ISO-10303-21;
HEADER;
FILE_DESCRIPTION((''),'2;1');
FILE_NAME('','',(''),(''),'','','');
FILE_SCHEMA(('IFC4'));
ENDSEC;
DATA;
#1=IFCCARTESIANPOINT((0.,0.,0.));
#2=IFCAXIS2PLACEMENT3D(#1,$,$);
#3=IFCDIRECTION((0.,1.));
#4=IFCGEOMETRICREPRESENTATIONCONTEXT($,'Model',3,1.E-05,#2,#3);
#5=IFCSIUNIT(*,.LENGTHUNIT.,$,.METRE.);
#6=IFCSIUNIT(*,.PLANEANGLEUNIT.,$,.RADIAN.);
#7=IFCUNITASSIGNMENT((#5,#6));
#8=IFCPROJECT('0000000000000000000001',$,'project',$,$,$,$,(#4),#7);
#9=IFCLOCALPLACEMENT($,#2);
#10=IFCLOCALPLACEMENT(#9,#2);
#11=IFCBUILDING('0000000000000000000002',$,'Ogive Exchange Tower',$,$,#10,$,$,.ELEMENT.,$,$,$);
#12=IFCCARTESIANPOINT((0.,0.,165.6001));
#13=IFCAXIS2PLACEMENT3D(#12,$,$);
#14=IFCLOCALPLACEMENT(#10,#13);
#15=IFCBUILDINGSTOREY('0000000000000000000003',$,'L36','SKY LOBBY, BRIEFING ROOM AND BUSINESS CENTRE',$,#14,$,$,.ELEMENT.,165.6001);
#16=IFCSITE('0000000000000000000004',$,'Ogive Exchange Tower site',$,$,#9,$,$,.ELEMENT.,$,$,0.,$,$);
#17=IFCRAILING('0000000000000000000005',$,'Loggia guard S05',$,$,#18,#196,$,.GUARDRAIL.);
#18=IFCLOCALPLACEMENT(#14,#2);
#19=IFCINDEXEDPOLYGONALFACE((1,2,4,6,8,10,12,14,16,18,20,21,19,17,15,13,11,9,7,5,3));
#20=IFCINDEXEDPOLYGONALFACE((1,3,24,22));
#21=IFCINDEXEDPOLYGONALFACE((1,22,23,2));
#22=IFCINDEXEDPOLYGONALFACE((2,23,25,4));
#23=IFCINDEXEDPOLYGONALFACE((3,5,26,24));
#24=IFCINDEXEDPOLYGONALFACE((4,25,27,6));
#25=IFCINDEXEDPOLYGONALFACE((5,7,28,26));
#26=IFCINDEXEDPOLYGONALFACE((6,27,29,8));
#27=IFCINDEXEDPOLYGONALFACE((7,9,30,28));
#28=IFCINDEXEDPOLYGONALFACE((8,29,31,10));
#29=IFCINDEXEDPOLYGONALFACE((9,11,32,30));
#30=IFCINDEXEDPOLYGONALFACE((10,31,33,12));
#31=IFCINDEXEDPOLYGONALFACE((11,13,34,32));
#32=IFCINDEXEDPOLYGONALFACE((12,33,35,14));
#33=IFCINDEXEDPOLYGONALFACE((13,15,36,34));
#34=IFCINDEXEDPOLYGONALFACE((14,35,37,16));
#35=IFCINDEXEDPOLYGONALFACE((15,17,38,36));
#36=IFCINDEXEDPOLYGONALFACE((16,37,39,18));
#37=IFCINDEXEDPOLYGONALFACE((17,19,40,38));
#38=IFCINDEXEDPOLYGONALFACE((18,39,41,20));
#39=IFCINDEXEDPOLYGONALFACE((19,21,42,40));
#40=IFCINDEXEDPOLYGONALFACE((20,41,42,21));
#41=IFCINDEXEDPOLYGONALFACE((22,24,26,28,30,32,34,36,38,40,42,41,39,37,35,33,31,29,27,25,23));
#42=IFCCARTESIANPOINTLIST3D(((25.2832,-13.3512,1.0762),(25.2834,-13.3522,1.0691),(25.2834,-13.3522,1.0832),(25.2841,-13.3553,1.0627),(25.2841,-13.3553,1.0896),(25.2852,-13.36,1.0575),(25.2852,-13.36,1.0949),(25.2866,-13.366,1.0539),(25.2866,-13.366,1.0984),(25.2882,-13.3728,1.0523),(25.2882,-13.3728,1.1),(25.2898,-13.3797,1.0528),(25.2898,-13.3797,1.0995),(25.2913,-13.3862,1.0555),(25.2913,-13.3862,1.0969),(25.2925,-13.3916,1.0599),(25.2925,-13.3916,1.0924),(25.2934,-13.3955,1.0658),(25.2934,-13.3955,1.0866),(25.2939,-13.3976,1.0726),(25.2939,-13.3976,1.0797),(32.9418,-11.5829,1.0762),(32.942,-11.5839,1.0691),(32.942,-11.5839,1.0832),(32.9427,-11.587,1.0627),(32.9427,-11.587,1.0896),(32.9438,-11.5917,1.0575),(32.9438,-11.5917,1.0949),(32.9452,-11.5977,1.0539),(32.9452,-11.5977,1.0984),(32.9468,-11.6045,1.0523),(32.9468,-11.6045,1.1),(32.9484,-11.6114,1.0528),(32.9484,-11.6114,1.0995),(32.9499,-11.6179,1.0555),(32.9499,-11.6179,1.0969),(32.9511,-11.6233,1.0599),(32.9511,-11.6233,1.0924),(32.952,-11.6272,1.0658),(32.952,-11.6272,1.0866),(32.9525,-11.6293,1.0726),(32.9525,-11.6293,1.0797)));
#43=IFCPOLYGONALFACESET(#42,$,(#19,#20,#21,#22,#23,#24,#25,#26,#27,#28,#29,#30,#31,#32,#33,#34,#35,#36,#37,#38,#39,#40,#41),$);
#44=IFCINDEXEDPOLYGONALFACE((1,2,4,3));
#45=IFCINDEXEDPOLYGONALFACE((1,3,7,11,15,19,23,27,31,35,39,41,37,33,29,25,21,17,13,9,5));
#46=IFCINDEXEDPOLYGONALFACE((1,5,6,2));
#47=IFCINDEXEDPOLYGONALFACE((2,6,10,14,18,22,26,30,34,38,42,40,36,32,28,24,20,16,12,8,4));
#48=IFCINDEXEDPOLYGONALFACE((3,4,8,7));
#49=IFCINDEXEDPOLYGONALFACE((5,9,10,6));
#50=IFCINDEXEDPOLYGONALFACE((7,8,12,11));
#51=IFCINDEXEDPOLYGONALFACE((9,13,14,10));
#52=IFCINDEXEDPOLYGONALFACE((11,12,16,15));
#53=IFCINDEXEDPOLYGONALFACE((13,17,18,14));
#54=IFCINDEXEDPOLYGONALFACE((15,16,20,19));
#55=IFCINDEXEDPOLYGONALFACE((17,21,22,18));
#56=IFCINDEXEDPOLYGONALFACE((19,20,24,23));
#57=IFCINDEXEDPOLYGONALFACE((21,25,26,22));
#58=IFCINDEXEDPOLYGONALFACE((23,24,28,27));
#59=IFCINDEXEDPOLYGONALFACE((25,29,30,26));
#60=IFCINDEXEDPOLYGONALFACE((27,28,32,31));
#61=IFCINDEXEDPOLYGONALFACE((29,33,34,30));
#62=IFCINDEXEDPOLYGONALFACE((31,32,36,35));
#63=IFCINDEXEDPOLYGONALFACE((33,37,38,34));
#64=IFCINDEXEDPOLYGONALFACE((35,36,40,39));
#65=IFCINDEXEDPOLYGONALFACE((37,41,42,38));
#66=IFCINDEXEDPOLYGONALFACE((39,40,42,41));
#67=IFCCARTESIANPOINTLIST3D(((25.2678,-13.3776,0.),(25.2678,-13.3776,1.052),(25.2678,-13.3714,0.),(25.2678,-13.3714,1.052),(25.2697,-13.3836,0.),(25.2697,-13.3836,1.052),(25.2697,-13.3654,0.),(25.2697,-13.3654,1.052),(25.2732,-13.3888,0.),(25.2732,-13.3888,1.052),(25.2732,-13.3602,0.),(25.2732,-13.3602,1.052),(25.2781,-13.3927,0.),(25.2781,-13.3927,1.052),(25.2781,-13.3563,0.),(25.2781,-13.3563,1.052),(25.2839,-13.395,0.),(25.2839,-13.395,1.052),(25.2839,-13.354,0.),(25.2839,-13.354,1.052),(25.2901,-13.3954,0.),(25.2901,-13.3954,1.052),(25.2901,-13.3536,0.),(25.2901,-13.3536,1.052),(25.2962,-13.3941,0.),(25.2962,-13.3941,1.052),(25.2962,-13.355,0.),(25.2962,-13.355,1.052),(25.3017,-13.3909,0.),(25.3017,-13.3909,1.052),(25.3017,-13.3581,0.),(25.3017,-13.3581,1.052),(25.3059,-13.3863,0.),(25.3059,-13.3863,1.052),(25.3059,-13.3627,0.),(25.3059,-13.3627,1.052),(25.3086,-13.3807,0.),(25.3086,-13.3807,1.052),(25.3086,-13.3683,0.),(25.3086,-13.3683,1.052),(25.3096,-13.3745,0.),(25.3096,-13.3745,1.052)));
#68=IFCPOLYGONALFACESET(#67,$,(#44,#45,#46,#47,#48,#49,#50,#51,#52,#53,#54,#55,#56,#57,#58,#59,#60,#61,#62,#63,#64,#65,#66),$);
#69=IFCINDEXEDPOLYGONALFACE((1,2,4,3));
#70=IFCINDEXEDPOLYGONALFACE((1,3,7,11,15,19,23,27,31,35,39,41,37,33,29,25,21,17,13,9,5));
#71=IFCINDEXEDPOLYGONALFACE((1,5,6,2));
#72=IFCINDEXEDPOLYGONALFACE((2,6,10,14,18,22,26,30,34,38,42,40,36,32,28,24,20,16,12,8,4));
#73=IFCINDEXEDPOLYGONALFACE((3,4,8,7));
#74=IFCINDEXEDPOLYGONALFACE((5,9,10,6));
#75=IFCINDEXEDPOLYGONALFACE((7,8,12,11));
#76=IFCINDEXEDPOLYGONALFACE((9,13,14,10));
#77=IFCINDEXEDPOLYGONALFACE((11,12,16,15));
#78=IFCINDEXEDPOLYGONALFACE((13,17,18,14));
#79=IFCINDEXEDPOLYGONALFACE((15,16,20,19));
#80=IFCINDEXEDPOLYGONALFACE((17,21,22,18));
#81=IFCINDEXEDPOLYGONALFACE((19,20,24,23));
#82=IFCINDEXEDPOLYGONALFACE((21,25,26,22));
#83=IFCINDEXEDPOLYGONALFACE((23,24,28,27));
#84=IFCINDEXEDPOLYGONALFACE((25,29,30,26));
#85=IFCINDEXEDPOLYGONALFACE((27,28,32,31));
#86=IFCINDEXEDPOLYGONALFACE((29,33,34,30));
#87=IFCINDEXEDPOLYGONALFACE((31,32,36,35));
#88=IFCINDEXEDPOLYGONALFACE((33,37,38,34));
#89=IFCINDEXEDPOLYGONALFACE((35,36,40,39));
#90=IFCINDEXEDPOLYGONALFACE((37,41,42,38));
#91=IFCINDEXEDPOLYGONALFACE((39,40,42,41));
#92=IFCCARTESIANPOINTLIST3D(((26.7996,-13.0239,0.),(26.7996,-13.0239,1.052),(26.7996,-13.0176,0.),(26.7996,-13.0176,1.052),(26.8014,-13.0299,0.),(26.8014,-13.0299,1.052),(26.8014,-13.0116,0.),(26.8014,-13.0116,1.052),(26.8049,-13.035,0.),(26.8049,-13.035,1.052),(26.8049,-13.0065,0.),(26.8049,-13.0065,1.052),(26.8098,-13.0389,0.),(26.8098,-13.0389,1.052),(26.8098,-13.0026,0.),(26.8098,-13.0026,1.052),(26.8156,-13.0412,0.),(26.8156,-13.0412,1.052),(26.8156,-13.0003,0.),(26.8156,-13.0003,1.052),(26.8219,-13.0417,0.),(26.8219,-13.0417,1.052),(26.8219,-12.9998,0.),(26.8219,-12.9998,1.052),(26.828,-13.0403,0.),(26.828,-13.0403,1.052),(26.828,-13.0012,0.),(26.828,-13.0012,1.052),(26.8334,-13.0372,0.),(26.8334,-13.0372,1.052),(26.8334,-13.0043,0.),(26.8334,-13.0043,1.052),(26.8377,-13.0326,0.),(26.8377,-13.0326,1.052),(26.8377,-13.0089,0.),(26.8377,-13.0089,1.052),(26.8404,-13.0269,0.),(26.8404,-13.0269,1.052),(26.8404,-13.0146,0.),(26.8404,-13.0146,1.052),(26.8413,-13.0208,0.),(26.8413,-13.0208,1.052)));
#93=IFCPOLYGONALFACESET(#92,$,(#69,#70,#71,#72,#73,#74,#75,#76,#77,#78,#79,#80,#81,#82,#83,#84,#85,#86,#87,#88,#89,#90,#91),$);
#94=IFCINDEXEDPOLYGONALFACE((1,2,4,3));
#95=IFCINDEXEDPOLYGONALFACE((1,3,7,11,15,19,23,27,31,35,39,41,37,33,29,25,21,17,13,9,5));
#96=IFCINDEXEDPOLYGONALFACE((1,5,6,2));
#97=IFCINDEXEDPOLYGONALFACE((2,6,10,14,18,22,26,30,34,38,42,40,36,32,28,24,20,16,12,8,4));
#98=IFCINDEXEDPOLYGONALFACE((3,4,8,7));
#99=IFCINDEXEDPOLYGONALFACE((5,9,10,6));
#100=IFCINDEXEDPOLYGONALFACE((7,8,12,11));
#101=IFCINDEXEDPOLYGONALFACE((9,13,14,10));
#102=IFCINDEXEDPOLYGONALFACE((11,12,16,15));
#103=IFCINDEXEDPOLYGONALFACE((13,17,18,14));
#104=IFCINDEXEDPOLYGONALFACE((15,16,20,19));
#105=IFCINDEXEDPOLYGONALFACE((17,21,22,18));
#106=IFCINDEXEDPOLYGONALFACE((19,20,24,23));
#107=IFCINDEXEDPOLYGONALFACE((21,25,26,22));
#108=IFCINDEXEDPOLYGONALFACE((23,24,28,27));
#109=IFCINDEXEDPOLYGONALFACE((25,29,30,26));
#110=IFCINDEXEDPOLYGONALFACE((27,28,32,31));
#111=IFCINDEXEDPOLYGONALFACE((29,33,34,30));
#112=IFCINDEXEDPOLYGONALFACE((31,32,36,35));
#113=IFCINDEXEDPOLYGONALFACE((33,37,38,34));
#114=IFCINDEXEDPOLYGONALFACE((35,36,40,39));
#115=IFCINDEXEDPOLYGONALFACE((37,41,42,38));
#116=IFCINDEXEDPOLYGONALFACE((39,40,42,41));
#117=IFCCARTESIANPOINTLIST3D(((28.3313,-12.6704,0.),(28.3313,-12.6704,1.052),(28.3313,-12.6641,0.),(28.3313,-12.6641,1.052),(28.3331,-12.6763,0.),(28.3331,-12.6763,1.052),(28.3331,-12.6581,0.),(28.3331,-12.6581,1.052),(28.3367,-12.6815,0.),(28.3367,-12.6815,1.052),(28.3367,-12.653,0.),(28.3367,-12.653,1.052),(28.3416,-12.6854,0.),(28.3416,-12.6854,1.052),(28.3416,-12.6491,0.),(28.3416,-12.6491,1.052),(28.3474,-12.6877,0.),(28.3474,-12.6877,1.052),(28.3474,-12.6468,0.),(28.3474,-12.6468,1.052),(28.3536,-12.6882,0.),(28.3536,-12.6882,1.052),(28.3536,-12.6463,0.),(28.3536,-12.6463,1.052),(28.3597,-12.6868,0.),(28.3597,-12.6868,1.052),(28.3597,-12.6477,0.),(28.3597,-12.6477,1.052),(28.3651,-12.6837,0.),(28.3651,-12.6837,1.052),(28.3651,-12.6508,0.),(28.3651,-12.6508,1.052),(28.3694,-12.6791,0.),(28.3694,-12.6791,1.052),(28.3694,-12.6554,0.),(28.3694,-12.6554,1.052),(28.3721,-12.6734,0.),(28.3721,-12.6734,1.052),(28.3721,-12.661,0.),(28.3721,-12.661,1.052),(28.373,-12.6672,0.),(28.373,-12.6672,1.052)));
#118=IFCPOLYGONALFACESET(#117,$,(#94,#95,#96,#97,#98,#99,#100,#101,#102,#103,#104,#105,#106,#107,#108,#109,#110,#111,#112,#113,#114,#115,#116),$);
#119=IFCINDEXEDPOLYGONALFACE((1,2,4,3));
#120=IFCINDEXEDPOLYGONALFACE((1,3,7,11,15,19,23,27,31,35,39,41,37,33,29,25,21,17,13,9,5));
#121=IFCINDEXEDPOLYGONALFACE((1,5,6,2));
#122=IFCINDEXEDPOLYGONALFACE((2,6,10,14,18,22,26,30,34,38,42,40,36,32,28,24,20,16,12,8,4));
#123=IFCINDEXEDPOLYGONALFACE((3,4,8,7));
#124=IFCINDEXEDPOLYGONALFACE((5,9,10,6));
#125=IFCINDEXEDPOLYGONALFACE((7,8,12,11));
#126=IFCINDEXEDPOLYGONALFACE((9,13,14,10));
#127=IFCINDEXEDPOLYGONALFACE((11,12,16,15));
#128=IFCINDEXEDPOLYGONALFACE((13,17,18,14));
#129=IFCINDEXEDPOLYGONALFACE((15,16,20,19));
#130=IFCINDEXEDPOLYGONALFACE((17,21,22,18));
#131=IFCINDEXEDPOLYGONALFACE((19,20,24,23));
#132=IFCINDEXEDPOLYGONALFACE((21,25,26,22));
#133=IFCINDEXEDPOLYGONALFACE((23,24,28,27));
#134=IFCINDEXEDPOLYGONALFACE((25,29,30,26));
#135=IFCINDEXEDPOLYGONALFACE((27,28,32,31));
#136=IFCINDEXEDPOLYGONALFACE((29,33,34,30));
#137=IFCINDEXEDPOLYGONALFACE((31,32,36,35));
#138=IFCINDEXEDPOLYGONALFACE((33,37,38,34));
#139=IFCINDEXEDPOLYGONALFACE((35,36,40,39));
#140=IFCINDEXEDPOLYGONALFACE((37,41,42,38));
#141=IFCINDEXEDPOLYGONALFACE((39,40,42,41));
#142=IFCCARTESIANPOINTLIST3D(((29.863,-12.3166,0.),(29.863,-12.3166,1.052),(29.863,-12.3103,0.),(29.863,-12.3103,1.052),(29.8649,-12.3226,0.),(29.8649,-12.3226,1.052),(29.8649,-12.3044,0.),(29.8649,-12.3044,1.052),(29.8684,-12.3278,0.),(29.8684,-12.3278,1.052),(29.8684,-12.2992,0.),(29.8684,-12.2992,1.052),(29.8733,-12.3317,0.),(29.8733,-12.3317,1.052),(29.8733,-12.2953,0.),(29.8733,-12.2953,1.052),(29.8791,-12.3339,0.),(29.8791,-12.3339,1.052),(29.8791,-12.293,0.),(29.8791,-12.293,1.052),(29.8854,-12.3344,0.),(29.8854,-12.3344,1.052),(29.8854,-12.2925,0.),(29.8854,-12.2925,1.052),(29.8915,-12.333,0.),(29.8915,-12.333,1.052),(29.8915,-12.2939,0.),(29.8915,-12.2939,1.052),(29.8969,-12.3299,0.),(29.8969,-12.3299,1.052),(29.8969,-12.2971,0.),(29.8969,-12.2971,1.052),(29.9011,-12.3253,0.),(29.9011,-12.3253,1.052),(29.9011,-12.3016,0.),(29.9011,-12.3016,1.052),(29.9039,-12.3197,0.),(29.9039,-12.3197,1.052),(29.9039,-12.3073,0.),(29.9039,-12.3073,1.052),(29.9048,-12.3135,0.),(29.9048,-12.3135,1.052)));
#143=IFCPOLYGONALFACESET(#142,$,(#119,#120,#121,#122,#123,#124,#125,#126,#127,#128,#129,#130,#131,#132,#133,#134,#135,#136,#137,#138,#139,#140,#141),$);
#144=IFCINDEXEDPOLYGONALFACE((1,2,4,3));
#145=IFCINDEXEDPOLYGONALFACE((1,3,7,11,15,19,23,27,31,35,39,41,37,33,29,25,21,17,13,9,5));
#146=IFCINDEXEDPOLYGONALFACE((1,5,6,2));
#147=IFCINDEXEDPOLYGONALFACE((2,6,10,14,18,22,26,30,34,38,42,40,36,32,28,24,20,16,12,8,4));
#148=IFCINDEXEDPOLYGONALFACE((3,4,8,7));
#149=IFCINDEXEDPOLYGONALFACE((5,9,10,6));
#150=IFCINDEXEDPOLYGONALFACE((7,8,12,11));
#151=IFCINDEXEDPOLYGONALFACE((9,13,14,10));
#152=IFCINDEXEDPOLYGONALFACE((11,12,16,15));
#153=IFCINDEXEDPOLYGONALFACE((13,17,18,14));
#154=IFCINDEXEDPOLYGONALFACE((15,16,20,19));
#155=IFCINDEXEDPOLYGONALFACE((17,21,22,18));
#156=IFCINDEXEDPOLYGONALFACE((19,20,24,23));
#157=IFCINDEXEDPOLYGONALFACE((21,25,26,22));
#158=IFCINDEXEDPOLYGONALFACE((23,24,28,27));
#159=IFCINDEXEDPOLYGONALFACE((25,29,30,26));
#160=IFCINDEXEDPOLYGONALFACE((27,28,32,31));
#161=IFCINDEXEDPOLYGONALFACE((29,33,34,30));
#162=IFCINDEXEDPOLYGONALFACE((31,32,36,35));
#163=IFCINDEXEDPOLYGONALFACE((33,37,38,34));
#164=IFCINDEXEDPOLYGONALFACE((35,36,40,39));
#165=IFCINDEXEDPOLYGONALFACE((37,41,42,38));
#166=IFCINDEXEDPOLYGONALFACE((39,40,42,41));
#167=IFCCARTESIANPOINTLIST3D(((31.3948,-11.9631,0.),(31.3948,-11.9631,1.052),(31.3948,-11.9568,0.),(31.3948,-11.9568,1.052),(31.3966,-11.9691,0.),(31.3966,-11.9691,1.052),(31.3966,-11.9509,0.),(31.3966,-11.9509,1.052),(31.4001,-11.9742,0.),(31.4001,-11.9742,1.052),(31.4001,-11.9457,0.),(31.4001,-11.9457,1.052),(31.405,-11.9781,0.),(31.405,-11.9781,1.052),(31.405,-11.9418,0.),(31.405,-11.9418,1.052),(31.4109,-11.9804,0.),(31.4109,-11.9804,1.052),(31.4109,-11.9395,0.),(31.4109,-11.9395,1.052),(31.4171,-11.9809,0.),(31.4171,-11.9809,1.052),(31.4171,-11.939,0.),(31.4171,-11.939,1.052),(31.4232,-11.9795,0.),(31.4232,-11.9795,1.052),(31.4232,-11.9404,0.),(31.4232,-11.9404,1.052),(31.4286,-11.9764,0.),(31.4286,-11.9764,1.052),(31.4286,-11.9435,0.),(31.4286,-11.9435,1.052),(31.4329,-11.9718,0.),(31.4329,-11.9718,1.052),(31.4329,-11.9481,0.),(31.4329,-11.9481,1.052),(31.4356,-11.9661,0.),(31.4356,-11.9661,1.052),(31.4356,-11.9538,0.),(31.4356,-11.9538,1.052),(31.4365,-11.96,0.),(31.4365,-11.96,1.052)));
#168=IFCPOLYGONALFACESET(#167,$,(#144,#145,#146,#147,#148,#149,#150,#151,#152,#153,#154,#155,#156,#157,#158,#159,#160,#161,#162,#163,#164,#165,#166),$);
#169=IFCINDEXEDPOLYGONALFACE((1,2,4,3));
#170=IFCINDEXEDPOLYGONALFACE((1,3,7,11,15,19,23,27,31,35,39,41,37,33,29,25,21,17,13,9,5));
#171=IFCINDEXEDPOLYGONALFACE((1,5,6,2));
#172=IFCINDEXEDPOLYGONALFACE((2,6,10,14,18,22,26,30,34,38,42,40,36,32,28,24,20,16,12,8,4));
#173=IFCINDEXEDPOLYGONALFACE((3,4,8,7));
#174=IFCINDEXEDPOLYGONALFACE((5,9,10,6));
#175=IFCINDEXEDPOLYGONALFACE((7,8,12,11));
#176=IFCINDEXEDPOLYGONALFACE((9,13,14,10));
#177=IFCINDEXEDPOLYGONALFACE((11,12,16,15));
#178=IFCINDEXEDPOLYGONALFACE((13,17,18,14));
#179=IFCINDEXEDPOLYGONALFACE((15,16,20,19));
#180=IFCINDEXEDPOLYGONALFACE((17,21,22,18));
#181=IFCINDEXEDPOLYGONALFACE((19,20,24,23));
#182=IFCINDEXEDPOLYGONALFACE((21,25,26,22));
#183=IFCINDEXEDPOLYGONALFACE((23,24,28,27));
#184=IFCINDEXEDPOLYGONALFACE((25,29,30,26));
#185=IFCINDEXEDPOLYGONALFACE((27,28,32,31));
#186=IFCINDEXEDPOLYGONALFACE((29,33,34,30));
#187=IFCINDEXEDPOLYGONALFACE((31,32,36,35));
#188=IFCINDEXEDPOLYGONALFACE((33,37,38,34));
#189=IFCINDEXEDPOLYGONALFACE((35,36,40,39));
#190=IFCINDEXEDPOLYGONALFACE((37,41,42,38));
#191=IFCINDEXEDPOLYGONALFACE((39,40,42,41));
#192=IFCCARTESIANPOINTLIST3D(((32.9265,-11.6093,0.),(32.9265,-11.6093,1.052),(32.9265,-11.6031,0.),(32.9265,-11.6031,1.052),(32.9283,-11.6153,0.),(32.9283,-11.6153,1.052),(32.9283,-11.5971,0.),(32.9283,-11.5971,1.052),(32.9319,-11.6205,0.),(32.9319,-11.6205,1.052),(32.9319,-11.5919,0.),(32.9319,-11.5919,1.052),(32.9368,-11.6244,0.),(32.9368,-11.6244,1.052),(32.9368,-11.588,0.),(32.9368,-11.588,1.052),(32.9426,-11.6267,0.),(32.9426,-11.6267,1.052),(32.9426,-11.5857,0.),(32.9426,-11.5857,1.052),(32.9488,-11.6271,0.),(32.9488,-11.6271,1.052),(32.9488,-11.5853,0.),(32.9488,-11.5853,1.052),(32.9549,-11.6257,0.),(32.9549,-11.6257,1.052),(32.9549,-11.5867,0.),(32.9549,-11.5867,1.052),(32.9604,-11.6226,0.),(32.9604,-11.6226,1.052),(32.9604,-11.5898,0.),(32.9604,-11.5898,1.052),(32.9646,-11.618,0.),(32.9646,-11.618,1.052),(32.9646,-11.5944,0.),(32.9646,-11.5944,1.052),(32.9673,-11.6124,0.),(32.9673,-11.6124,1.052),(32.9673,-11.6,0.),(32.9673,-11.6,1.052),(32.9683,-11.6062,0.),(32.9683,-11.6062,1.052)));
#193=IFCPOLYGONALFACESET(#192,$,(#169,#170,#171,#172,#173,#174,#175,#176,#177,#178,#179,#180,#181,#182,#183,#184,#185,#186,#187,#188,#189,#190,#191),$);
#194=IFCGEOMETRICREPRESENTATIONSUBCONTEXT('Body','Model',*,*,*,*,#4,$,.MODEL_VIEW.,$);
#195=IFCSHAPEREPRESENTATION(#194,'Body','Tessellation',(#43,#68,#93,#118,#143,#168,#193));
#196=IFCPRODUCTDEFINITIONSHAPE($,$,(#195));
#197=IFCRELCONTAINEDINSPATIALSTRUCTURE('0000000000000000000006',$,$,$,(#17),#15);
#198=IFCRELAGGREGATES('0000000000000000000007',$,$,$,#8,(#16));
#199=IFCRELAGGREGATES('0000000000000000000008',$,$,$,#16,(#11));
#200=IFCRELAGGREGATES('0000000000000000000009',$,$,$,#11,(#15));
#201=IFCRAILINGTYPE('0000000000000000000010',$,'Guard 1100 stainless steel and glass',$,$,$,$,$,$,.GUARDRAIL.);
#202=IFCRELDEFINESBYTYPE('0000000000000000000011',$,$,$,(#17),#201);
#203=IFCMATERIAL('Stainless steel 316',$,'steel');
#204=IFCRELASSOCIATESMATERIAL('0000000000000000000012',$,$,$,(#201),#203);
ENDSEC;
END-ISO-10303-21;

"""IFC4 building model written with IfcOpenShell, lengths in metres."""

from ifc_helpers import new_model, si_unit, direction, frame, origin, origin_2d, place, context, subcontext, project, spatial, circle, extrude, material, type_object, element, save


model = new_model("IFC4")

# Units and contexts
model_context = context("Model", 3, precision=1e-05, world=origin(), true_north=direction((0.0, 1.0)))
body_context = subcontext(model_context, "Body", "Model", "MODEL_VIEW")
ifc_project = project(units=[si_unit("LENGTHUNIT", "METRE"), si_unit("PLANEANGLEUNIT", "RADIAN")], contexts=[model_context])

# Site, building, storey
site_placement = place(None, origin())
site = spatial("IfcSite", under=ifc_project, at=site_placement, Name="Ogive Exchange Tower site", CompositionType="ELEMENT", RefElevation=0.0)
building_placement = place(site_placement, origin())
building = spatial("IfcBuilding", under=site, at=building_placement, Name="Ogive Exchange Tower", CompositionType="ELEMENT")
storey_placement = place(building_placement, frame((0.0, 0.0, 165.6001)))
storey = spatial("IfcBuildingStorey", under=building, at=storey_placement, Name="L36", Description="SKY LOBBY, BRIEFING ROOM AND BUSINESS CENTRE", CompositionType="ELEMENT", Elevation=165.6001)

# Railing
ifc_material_1 = material(Name="Stainless steel 316", Category="steel")
railing_type_1 = type_object("IfcRailingType", Name="Guard 1100 stainless steel and glass", PredefinedType="GUARDRAIL", material=ifc_material_1)
railing_1_placement = place(storey_placement, frame((25.2886, -13.3745, 0.0)))
element("IfcRailing", 1, at=railing_1_placement, inside=storey, type_object=railing_type_1, Name="Loggia guard S05", PredefinedType="GUARDRAIL", context=body_context, shape_type="SweptSolid", body=[
    extrude(circle(Radius=0.0239, at=origin_2d()), frame((0.0, 0.0, 1.0762), z_axis=(0.974366, 0.224971, 0.0), x_axis=(-0.224971, 0.974366, 0.0)), (0.0, 0.0, 1.0), 7.8601),
    extrude(circle(Radius=0.021, at=origin_2d()), origin(), (0.0, 0.0, 1.0), 1.052),
    extrude(circle(Radius=0.021, at=origin_2d()), frame((1.5317, 0.3538, 0.0)), (0.0, 0.0, 1.0), 1.052),
    extrude(circle(Radius=0.021, at=origin_2d()), frame((3.0635, 0.7073, 0.0)), (0.0, 0.0, 1.0), 1.052),
    extrude(circle(Radius=0.021, at=origin_2d()), frame((4.5952, 1.061, 0.0)), (0.0, 0.0, 1.0), 1.052),
    extrude(circle(Radius=0.021, at=origin_2d()), frame((6.127, 1.4146, 0.0)), (0.0, 0.0, 1.0), 1.052),
    extrude(circle(Radius=0.021, at=origin_2d()), frame((7.6587, 1.7683, 0.0)), (0.0, 0.0, 1.0), 1.052),
])

save(model, "model.ifc")
